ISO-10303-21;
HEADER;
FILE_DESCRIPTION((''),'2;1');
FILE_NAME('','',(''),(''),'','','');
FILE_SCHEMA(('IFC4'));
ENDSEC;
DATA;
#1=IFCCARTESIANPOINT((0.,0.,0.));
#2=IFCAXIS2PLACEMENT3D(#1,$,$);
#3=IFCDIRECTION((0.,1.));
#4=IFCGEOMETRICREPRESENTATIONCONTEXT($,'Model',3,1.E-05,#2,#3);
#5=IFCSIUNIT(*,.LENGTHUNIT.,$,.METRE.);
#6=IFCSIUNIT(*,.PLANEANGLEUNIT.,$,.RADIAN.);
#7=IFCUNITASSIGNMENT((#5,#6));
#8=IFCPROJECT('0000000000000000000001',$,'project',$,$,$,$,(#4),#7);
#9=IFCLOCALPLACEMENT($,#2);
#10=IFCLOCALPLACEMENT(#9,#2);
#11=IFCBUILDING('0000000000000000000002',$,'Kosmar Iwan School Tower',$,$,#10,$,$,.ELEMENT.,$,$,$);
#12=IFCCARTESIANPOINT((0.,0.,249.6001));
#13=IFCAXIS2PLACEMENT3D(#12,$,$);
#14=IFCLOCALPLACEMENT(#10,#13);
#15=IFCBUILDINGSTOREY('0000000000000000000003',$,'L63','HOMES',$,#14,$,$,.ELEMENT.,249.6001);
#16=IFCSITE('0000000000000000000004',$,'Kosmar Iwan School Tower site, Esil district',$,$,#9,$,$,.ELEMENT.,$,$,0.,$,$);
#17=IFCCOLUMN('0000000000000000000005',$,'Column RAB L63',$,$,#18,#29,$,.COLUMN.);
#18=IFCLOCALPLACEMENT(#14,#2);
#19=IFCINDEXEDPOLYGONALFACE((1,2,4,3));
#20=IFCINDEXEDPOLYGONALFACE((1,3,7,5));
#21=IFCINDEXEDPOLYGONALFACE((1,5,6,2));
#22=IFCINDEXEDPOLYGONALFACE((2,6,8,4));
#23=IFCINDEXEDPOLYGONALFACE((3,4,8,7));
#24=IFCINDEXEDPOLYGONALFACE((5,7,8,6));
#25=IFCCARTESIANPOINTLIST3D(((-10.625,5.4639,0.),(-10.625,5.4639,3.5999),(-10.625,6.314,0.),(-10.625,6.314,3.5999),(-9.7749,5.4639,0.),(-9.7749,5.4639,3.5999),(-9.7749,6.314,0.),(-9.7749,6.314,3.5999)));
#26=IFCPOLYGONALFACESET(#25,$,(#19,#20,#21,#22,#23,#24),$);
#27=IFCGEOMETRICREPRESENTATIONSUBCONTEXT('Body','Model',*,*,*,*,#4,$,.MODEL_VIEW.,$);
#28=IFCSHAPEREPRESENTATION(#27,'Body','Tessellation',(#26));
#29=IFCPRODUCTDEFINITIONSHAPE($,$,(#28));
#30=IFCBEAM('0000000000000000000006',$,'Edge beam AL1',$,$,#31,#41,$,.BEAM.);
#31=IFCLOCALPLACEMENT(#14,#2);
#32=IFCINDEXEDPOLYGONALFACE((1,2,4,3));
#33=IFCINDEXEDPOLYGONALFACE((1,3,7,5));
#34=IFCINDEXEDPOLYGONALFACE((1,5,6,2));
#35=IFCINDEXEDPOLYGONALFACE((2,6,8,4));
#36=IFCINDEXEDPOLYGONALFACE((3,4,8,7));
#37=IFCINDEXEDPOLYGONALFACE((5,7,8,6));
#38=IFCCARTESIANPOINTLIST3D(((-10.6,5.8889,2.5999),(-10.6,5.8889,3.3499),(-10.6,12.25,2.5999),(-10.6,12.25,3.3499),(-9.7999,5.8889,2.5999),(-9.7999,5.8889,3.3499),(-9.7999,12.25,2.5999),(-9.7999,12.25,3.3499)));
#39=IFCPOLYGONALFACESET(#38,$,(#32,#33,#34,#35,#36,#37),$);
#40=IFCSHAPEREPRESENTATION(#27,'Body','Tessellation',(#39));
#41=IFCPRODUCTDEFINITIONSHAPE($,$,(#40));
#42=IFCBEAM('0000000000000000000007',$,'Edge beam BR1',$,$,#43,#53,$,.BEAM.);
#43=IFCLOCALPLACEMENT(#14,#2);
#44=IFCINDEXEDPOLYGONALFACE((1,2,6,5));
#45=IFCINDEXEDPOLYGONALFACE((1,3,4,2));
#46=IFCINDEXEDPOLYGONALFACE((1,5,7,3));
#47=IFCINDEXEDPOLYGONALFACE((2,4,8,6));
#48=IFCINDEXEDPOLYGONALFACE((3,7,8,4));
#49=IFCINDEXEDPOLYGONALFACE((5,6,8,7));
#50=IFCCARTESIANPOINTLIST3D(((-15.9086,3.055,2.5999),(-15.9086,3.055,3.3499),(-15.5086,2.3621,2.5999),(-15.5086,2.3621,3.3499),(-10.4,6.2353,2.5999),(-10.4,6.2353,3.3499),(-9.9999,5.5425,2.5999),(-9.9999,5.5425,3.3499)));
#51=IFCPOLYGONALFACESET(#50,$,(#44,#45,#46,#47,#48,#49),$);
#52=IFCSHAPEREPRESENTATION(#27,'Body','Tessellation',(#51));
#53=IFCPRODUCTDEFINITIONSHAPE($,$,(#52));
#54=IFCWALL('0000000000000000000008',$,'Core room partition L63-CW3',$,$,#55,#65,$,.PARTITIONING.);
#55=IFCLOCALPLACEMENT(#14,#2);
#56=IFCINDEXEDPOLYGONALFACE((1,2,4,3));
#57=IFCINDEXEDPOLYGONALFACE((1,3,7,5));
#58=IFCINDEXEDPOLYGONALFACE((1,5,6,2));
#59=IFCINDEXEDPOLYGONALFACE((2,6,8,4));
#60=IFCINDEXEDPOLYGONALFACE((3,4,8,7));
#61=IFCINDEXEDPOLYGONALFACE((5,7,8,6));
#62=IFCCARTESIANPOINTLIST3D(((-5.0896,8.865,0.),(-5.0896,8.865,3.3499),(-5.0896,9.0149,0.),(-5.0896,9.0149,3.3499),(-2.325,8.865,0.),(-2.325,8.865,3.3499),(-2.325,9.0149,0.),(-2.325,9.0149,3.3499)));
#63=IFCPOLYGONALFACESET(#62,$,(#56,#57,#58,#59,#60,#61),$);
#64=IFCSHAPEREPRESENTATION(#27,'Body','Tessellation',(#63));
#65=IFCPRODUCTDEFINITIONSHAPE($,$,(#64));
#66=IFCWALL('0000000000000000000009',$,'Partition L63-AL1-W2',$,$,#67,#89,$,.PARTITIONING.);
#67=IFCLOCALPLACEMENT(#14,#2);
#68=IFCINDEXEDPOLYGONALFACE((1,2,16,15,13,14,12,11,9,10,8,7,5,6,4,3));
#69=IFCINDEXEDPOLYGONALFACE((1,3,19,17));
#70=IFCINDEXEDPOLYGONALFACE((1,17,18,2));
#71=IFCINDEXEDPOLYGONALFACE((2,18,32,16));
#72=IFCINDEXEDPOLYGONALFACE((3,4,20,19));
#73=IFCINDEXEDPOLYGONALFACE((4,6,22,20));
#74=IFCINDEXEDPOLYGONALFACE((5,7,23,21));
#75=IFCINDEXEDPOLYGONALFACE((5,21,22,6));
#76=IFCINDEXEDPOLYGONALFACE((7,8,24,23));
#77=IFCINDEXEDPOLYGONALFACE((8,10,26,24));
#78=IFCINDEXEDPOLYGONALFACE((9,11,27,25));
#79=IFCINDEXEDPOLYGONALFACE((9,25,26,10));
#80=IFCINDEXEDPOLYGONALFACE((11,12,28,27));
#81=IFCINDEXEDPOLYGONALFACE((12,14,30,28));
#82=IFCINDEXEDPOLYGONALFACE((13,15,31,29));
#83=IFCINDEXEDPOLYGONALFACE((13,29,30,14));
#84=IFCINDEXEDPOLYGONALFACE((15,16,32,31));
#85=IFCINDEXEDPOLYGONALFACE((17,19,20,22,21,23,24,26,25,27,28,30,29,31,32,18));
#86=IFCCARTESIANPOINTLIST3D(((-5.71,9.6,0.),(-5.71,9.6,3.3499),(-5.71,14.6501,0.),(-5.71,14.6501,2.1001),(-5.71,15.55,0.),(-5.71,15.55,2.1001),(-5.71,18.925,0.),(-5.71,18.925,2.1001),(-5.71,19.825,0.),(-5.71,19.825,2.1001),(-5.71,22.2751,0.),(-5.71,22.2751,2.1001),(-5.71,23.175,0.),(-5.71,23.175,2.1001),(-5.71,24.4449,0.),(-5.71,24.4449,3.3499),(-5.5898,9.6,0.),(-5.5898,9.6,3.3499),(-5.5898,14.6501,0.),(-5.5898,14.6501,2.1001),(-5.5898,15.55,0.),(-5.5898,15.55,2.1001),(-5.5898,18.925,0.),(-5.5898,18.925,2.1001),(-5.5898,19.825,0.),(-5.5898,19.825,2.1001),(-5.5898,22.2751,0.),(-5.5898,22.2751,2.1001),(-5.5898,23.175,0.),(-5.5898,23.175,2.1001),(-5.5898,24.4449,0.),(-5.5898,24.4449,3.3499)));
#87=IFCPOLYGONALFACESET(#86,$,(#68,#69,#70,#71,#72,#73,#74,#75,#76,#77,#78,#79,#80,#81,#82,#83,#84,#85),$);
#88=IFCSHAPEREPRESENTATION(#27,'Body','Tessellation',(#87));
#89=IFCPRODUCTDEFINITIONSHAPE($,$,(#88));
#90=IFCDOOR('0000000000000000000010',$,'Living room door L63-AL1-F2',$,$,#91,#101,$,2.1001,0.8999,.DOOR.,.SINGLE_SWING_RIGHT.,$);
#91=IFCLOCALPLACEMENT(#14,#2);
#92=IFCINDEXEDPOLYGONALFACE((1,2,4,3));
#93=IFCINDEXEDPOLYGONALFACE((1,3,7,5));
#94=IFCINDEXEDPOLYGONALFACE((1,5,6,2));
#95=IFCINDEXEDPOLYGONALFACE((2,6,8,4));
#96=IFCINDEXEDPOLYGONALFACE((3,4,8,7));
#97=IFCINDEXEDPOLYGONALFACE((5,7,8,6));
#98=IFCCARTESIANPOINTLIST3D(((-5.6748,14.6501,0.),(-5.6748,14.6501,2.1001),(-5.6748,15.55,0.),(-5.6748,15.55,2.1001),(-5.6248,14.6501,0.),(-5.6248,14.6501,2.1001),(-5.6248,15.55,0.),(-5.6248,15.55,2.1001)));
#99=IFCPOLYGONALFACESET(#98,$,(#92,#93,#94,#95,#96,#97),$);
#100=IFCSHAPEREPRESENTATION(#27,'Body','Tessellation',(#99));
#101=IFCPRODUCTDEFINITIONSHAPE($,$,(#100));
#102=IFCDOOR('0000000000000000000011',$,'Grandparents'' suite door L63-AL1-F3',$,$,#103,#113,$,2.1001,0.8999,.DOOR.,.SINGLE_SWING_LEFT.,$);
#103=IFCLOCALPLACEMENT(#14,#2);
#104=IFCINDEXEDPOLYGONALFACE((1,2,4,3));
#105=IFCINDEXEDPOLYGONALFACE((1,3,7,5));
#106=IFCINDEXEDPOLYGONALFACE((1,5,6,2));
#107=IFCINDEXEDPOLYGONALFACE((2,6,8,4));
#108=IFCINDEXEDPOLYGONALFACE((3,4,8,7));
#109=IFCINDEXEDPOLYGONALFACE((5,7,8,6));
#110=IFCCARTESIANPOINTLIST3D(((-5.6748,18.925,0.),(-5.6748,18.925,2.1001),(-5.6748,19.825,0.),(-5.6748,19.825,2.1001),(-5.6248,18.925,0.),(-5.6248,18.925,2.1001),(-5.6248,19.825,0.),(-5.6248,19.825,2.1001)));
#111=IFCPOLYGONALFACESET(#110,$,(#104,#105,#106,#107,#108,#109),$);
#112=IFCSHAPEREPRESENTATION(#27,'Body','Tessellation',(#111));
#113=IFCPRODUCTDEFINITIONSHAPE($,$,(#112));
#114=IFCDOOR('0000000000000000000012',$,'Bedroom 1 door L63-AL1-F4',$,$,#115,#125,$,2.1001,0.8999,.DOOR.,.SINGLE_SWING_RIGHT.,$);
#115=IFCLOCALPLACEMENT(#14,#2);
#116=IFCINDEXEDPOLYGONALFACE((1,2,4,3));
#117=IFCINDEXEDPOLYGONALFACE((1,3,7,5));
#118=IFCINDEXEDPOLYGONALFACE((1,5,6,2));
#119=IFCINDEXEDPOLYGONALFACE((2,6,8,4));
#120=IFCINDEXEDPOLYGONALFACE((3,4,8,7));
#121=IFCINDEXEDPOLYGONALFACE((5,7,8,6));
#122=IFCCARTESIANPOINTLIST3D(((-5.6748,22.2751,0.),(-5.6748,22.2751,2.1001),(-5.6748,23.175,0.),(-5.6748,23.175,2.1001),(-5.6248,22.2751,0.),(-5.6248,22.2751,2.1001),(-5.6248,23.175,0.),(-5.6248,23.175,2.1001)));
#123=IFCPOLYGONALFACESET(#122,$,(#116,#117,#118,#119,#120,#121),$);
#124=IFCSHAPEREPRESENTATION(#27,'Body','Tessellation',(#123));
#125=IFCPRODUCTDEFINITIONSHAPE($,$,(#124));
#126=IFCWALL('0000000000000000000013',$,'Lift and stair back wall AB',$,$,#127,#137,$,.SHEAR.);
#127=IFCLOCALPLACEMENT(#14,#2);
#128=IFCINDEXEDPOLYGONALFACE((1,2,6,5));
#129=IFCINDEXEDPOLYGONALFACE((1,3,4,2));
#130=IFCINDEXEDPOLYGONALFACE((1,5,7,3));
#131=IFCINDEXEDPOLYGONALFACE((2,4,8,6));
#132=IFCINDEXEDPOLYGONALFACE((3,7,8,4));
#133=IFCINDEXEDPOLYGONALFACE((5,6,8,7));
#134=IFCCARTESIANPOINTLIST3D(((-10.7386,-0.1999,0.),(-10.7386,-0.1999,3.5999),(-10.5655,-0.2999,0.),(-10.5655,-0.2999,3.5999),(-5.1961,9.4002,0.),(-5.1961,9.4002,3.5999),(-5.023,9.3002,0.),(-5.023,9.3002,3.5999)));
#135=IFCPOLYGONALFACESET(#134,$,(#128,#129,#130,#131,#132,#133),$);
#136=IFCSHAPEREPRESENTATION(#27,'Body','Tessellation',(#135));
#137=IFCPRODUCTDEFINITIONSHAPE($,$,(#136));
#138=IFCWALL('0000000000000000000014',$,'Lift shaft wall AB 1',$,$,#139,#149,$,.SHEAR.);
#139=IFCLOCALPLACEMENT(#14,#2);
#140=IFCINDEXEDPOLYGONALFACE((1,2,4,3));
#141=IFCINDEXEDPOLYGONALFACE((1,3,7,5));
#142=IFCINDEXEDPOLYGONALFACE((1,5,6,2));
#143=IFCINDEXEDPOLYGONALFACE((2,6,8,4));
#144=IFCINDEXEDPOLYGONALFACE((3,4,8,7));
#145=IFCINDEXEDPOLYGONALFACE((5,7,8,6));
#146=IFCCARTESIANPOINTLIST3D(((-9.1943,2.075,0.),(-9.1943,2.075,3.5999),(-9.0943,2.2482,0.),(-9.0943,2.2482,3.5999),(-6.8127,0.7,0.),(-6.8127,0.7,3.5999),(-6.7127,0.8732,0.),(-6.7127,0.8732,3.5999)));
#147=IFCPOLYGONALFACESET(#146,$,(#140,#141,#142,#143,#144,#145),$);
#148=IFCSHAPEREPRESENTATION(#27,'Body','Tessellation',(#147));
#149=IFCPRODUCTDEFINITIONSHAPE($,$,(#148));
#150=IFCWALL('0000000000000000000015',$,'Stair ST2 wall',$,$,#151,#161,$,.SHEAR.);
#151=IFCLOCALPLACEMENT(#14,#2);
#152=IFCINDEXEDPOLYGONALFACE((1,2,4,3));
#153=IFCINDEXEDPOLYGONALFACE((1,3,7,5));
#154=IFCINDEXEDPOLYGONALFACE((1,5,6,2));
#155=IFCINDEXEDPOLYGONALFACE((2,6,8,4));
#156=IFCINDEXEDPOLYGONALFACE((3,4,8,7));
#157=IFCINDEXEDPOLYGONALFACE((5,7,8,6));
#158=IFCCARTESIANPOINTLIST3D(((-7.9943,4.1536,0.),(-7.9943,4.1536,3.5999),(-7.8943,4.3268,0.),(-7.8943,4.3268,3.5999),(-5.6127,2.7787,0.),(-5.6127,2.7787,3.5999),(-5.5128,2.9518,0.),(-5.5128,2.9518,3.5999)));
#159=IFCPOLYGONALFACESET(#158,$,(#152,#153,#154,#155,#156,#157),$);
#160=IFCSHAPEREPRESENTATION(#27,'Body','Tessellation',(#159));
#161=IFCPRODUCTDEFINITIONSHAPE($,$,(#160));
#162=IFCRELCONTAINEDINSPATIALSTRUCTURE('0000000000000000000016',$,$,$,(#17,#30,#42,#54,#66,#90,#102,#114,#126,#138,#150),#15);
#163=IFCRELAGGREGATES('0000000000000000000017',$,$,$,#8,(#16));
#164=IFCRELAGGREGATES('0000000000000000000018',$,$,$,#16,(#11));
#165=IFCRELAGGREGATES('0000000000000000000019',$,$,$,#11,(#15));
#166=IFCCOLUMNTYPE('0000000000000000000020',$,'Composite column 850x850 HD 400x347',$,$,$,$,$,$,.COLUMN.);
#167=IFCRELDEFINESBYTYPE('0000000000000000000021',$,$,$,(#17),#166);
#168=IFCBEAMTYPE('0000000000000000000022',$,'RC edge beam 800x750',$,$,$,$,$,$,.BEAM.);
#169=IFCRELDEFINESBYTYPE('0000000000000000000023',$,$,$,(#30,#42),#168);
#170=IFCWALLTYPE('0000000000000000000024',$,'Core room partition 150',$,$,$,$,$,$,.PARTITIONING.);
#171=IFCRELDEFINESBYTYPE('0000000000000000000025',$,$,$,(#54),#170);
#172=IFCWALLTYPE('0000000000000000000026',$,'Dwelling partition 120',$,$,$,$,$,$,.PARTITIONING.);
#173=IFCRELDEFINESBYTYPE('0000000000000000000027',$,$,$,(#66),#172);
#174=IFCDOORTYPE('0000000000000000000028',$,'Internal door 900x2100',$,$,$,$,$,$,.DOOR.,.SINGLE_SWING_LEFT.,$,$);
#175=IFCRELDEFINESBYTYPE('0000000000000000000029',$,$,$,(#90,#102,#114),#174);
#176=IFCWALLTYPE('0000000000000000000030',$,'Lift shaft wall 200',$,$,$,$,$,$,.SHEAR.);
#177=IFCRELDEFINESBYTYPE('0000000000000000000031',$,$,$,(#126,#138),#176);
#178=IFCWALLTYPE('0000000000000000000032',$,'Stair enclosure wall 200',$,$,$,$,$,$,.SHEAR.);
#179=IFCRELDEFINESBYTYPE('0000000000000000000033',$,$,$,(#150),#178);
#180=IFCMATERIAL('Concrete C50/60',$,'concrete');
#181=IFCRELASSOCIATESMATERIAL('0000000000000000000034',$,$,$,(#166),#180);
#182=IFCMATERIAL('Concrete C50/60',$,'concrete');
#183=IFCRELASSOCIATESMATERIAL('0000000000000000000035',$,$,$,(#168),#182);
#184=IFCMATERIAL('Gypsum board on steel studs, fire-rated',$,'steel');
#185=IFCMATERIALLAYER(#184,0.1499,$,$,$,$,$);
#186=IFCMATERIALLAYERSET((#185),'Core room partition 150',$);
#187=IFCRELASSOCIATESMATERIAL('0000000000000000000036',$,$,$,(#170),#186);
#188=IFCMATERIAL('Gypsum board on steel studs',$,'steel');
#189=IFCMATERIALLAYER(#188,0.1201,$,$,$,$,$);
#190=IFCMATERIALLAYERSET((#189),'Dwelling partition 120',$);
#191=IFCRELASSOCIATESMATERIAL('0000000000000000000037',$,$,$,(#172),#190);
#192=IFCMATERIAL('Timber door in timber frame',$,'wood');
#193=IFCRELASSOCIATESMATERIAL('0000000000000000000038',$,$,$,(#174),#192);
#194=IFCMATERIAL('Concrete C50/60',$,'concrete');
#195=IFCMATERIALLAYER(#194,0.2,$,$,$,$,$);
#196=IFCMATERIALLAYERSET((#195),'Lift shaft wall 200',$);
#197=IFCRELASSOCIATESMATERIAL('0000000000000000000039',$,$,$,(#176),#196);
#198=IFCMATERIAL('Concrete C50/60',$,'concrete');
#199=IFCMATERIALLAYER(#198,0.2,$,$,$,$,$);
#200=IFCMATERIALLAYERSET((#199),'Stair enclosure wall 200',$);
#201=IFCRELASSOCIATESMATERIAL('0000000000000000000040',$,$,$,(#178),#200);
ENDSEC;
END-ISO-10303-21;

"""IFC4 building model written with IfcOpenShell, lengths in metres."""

from ifc_helpers import new_model, si_unit, direction, frame, frame_2d, origin, origin_2d, place, context, subcontext, project, spatial, rectangle, extrude, material, layer, layer_set, material_profile, profile_set, type_object, element, fill, save


model = new_model("IFC4")

# Units and contexts
model_context = context("Model", 3, precision=1e-05, world=origin(), true_north=direction((0.0, 1.0)))
body_context = subcontext(model_context, "Body", "Model", "MODEL_VIEW")
ifc_project = project(units=[si_unit("LENGTHUNIT", "METRE"), si_unit("PLANEANGLEUNIT", "RADIAN")], contexts=[model_context])

# Site, building, storey
site_placement = place(None, origin())
site = spatial("IfcSite", under=ifc_project, at=site_placement, Name="Kosmar Iwan School Tower site, Esil district", CompositionType="ELEMENT", RefElevation=0.0)
building_placement = place(site_placement, origin())
building = spatial("IfcBuilding", under=site, at=building_placement, Name="Kosmar Iwan School Tower", CompositionType="ELEMENT")
storey_placement = place(building_placement, frame((0.0, 0.0, 249.6001)))
storey = spatial("IfcBuildingStorey", under=building, at=storey_placement, Name="L63", Description="HOMES", CompositionType="ELEMENT", Elevation=249.6001)

# Column
ifc_material_1 = material(Name="Concrete C50/60", Category="concrete")
ifc_material_profile_1 = material_profile(ifc_material_1, rectangle(XDim=0.8501, YDim=0.8501, at=origin_2d()), Name="RC 850x850 + HD 400x347")
ifc_profile_set_1 = profile_set([ifc_material_profile_1], Name="Concrete C50/60")
column_type = type_object("IfcColumnType", Name="Composite column 850x850 HD 400x347", PredefinedType="COLUMN", material=ifc_profile_set_1)
column_placement = place(storey_placement, frame((-10.2, 5.8889, 0.0), z_axis=(0.0, 0.0, 1.0), x_axis=(1.0, 0.0, 0.0)))
element("IfcColumn", 1, at=column_placement, inside=storey, type_object=column_type, Name="Column RAB L63", PredefinedType="COLUMN", context=body_context, shape_type="SweptSolid", body=[
    extrude(rectangle(XDim=0.8501, YDim=0.8501, at=origin_2d()), origin(), (0.0, 0.0, 1.0), 3.5999),
])

# Beams
ifc_material_2 = material(Name="Concrete C50/60", Category="concrete")
ifc_material_profile_2 = material_profile(ifc_material_2, rectangle(XDim=0.8, YDim=0.75, at=origin_2d()), Name="RC 800x750")
ifc_profile_set_2 = profile_set([ifc_material_profile_2], Name="Concrete C50/60")
beam_type = type_object("IfcBeamType", Name="RC edge beam 800x750", PredefinedType="BEAM", material=ifc_profile_set_2)
beam_1_placement = place(storey_placement, frame((-10.2, 5.8889, 2.9749), z_axis=(0.0, 1.0, 0.0), x_axis=(-1.0, 0.0, 0.0)))
element("IfcBeam", 2, at=beam_1_placement, inside=storey, type_object=beam_type, Name="Edge beam AL1", PredefinedType="BEAM", context=body_context, shape_type="SweptSolid", body=[
    extrude(rectangle(XDim=0.8, YDim=0.75, at=origin_2d()), origin(), (0.0, 0.0, 1.0), 6.3611),
])
beam_2_placement = place(storey_placement, frame((-10.2, 5.8889, 2.9749), z_axis=(-0.866031, -0.49999, 0.0), x_axis=(0.49999, -0.866031, 0.0)))
element("IfcBeam", 3, at=beam_2_placement, inside=storey, type_object=beam_type, Name="Edge beam BR1", PredefinedType="BEAM", context=body_context, shape_type="SweptSolid", body=[
    extrude(rectangle(XDim=0.8, YDim=0.75, at=origin_2d()), origin(), (0.0, 0.0, 1.0), 6.3608),
])

# Wall
ifc_material_3 = material(Name="Gypsum board on steel studs, fire-rated", Category="steel")
ifc_layer_1 = layer(ifc_material_3, 0.1499)
ifc_layer_set_1 = layer_set([ifc_layer_1], Name="Core room partition 150")
wall_type_1 = type_object("IfcWallType", Name="Core room partition 150", PredefinedType="PARTITIONING", material=ifc_layer_set_1)
wall_1_placement = place(storey_placement, frame((-5.0896, 8.9399, 0.0), z_axis=(0.0, 0.0, 1.0), x_axis=(1.0, 0.0, 0.0)))
element("IfcWall", 4, at=wall_1_placement, inside=storey, type_object=wall_type_1, Name="Core room partition L63-CW3", PredefinedType="PARTITIONING", context=body_context, shape_type="SweptSolid", body=[
    extrude(rectangle(XDim=2.7646, YDim=0.1499, at=frame_2d((1.3823, 0.0))), origin(), (0.0, 0.0, 1.0), 3.3499),
])

# Wall, openings, doors
ifc_material_4 = material(Name="Gypsum board on steel studs", Category="steel")
ifc_layer_2 = layer(ifc_material_4, 0.1201)
ifc_layer_set_2 = layer_set([ifc_layer_2], Name="Dwelling partition 120")
wall_type_2 = type_object("IfcWallType", Name="Dwelling partition 120", PredefinedType="PARTITIONING", material=ifc_layer_set_2)
wall_2_placement = place(storey_placement, frame((-5.6499, 9.6001, 0.0), z_axis=(0.0, 0.0, 1.0), x_axis=(0.0, 1.0, 0.0)))
wall_2 = element("IfcWall", 5, at=wall_2_placement, inside=storey, type_object=wall_type_2, Name="Partition L63-AL1-W2", PredefinedType="PARTITIONING", context=body_context, shape_type="SweptSolid", body=[
    extrude(rectangle(XDim=14.845, YDim=0.1201, at=frame_2d((7.4224, 0.0))), origin(), (0.0, 0.0, 1.0), 3.3499),
])
opening_1_placement = place(wall_2_placement, frame((5.05, 0.0, 0.0)))
opening_1 = element("IfcOpeningElement", 6, at=opening_1_placement, cuts=wall_2, PredefinedType="OPENING", context=body_context, shape_type="SweptSolid", body=[
    extrude(rectangle(XDim=0.8999, YDim=2.1001, at=frame_2d((0.45, 1.05))), frame((0.0, 0.072, 0.0), z_axis=(0.0, -1.0, 0.0), x_axis=(1.0, 0.0, 0.0)), (0.0, 0.0, 1.0), 0.144),
])
opening_2_placement = place(wall_2_placement, frame((9.325, 0.0, 0.0)))
opening_2 = element("IfcOpeningElement", 7, at=opening_2_placement, cuts=wall_2, PredefinedType="OPENING", context=body_context, shape_type="SweptSolid", body=[
    extrude(rectangle(XDim=0.8999, YDim=2.1001, at=frame_2d((0.45, 1.05))), frame((0.0, 0.072, 0.0), z_axis=(0.0, -1.0, 0.0), x_axis=(1.0, 0.0, 0.0)), (0.0, 0.0, 1.0), 0.144),
])
opening_3_placement = place(wall_2_placement, frame((12.675, 0.0, 0.0)))
opening_3 = element("IfcOpeningElement", 8, at=opening_3_placement, cuts=wall_2, PredefinedType="OPENING", context=body_context, shape_type="SweptSolid", body=[
    extrude(rectangle(XDim=0.8999, YDim=2.1001, at=frame_2d((0.45, 1.05))), frame((0.0, 0.072, 0.0), z_axis=(0.0, -1.0, 0.0), x_axis=(1.0, 0.0, 0.0)), (0.0, 0.0, 1.0), 0.144),
])
ifc_material_5 = material(Name="Timber door in timber frame", Category="wood")
door_type = type_object("IfcDoorType", Name="Internal door 900x2100", OperationType="SINGLE_SWING_LEFT", PredefinedType="DOOR", material=ifc_material_5)
door_1_placement = place(opening_1_placement, origin())
door_1 = element("IfcDoor", 9, at=door_1_placement, inside=storey, type_object=door_type, Name="Living room door L63-AL1-F2", OperationType="SINGLE_SWING_RIGHT", OverallHeight=2.1001, OverallWidth=0.8999, PredefinedType="DOOR", context=body_context, shape_type="SweptSolid", body=[
    extrude(rectangle(XDim=0.8999, YDim=2.1001, at=frame_2d((0.45, 1.05))), frame((0.0, 0.0249, 0.0), z_axis=(0.0, -1.0, 0.0), x_axis=(1.0, 0.0, 0.0)), (0.0, 0.0, 1.0), 0.05),
])
fill(opening_1, door_1)
door_2_placement = place(opening_2_placement, origin())
door_2 = element("IfcDoor", 10, at=door_2_placement, inside=storey, type_object=door_type, Name="Grandparents' suite door L63-AL1-F3", OperationType="SINGLE_SWING_LEFT", OverallHeight=2.1001, OverallWidth=0.8999, PredefinedType="DOOR", context=body_context, shape_type="SweptSolid", body=[
    extrude(rectangle(XDim=0.8999, YDim=2.1001, at=frame_2d((0.45, 1.05))), frame((0.0, 0.0249, 0.0), z_axis=(0.0, -1.0, 0.0), x_axis=(1.0, 0.0, 0.0)), (0.0, 0.0, 1.0), 0.05),
])
fill(opening_2, door_2)
door_3_placement = place(opening_3_placement, origin())
door_3 = element("IfcDoor", 11, at=door_3_placement, inside=storey, type_object=door_type, Name="Bedroom 1 door L63-AL1-F4", OperationType="SINGLE_SWING_RIGHT", OverallHeight=2.1001, OverallWidth=0.8999, PredefinedType="DOOR", context=body_context, shape_type="SweptSolid", body=[
    extrude(rectangle(XDim=0.8999, YDim=2.1001, at=frame_2d((0.45, 1.05))), frame((0.0, 0.0249, 0.0), z_axis=(0.0, -1.0, 0.0), x_axis=(1.0, 0.0, 0.0)), (0.0, 0.0, 1.0), 0.05),
])
fill(opening_3, door_3)

# Walls
ifc_material_6 = material(Name="Concrete C50/60", Category="concrete")
ifc_layer_3 = layer(ifc_material_6, 0.2)
ifc_layer_set_3 = layer_set([ifc_layer_3], Name="Lift shaft wall 200")
wall_type_3 = type_object("IfcWallType", Name="Lift shaft wall 200", PredefinedType="SHEAR", material=ifc_layer_set_3)
wall_3_placement = place(storey_placement, frame((-5.1096, 9.3501, 0.0), z_axis=(0.0, 0.0, 1.0), x_axis=(-0.499991, -0.866031, 0.0)))
element("IfcWall", 12, at=wall_3_placement, inside=storey, type_object=wall_type_3, Name="Lift and stair back wall AB", PredefinedType="SHEAR", context=body_context, shape_type="SweptSolid", body=[
    extrude(rectangle(XDim=11.0852, YDim=0.2, at=frame_2d((5.5425, 0.0))), origin(), (0.0, 0.0, 1.0), 3.5999),
])
wall_4_placement = place(storey_placement, frame((-6.7627, 0.7866, 0.0), z_axis=(0.0, 0.0, 1.0), x_axis=(-0.866027, 0.499997, 0.0)))
element("IfcWall", 13, at=wall_4_placement, inside=storey, type_object=wall_type_3, Name="Lift shaft wall AB 1", PredefinedType="SHEAR", context=body_context, shape_type="SweptSolid", body=[
    extrude(rectangle(XDim=2.75, YDim=0.2, at=frame_2d((1.375, 0.0))), origin(), (0.0, 0.0, 1.0), 3.5999),
])
ifc_material_7 = material(Name="Concrete C50/60", Category="concrete")
ifc_layer_4 = layer(ifc_material_7, 0.2)
ifc_layer_set_4 = layer_set([ifc_layer_4], Name="Stair enclosure wall 200")
wall_type_4 = type_object("IfcWallType", Name="Stair enclosure wall 200", PredefinedType="SHEAR", material=ifc_layer_set_4)
wall_5_placement = place(storey_placement, frame((-5.5627, 2.8652, 0.0), z_axis=(0.0, 0.0, 1.0), x_axis=(-0.866027, 0.499997, 0.0)))
element("IfcWall", 14, at=wall_5_placement, inside=storey, type_object=wall_type_4, Name="Stair ST2 wall", PredefinedType="SHEAR", context=body_context, shape_type="SweptSolid", body=[
    extrude(rectangle(XDim=2.75, YDim=0.2, at=frame_2d((1.375, 0.0))), origin(), (0.0, 0.0, 1.0), 3.5999),
])

save(model, "model.ifc")
